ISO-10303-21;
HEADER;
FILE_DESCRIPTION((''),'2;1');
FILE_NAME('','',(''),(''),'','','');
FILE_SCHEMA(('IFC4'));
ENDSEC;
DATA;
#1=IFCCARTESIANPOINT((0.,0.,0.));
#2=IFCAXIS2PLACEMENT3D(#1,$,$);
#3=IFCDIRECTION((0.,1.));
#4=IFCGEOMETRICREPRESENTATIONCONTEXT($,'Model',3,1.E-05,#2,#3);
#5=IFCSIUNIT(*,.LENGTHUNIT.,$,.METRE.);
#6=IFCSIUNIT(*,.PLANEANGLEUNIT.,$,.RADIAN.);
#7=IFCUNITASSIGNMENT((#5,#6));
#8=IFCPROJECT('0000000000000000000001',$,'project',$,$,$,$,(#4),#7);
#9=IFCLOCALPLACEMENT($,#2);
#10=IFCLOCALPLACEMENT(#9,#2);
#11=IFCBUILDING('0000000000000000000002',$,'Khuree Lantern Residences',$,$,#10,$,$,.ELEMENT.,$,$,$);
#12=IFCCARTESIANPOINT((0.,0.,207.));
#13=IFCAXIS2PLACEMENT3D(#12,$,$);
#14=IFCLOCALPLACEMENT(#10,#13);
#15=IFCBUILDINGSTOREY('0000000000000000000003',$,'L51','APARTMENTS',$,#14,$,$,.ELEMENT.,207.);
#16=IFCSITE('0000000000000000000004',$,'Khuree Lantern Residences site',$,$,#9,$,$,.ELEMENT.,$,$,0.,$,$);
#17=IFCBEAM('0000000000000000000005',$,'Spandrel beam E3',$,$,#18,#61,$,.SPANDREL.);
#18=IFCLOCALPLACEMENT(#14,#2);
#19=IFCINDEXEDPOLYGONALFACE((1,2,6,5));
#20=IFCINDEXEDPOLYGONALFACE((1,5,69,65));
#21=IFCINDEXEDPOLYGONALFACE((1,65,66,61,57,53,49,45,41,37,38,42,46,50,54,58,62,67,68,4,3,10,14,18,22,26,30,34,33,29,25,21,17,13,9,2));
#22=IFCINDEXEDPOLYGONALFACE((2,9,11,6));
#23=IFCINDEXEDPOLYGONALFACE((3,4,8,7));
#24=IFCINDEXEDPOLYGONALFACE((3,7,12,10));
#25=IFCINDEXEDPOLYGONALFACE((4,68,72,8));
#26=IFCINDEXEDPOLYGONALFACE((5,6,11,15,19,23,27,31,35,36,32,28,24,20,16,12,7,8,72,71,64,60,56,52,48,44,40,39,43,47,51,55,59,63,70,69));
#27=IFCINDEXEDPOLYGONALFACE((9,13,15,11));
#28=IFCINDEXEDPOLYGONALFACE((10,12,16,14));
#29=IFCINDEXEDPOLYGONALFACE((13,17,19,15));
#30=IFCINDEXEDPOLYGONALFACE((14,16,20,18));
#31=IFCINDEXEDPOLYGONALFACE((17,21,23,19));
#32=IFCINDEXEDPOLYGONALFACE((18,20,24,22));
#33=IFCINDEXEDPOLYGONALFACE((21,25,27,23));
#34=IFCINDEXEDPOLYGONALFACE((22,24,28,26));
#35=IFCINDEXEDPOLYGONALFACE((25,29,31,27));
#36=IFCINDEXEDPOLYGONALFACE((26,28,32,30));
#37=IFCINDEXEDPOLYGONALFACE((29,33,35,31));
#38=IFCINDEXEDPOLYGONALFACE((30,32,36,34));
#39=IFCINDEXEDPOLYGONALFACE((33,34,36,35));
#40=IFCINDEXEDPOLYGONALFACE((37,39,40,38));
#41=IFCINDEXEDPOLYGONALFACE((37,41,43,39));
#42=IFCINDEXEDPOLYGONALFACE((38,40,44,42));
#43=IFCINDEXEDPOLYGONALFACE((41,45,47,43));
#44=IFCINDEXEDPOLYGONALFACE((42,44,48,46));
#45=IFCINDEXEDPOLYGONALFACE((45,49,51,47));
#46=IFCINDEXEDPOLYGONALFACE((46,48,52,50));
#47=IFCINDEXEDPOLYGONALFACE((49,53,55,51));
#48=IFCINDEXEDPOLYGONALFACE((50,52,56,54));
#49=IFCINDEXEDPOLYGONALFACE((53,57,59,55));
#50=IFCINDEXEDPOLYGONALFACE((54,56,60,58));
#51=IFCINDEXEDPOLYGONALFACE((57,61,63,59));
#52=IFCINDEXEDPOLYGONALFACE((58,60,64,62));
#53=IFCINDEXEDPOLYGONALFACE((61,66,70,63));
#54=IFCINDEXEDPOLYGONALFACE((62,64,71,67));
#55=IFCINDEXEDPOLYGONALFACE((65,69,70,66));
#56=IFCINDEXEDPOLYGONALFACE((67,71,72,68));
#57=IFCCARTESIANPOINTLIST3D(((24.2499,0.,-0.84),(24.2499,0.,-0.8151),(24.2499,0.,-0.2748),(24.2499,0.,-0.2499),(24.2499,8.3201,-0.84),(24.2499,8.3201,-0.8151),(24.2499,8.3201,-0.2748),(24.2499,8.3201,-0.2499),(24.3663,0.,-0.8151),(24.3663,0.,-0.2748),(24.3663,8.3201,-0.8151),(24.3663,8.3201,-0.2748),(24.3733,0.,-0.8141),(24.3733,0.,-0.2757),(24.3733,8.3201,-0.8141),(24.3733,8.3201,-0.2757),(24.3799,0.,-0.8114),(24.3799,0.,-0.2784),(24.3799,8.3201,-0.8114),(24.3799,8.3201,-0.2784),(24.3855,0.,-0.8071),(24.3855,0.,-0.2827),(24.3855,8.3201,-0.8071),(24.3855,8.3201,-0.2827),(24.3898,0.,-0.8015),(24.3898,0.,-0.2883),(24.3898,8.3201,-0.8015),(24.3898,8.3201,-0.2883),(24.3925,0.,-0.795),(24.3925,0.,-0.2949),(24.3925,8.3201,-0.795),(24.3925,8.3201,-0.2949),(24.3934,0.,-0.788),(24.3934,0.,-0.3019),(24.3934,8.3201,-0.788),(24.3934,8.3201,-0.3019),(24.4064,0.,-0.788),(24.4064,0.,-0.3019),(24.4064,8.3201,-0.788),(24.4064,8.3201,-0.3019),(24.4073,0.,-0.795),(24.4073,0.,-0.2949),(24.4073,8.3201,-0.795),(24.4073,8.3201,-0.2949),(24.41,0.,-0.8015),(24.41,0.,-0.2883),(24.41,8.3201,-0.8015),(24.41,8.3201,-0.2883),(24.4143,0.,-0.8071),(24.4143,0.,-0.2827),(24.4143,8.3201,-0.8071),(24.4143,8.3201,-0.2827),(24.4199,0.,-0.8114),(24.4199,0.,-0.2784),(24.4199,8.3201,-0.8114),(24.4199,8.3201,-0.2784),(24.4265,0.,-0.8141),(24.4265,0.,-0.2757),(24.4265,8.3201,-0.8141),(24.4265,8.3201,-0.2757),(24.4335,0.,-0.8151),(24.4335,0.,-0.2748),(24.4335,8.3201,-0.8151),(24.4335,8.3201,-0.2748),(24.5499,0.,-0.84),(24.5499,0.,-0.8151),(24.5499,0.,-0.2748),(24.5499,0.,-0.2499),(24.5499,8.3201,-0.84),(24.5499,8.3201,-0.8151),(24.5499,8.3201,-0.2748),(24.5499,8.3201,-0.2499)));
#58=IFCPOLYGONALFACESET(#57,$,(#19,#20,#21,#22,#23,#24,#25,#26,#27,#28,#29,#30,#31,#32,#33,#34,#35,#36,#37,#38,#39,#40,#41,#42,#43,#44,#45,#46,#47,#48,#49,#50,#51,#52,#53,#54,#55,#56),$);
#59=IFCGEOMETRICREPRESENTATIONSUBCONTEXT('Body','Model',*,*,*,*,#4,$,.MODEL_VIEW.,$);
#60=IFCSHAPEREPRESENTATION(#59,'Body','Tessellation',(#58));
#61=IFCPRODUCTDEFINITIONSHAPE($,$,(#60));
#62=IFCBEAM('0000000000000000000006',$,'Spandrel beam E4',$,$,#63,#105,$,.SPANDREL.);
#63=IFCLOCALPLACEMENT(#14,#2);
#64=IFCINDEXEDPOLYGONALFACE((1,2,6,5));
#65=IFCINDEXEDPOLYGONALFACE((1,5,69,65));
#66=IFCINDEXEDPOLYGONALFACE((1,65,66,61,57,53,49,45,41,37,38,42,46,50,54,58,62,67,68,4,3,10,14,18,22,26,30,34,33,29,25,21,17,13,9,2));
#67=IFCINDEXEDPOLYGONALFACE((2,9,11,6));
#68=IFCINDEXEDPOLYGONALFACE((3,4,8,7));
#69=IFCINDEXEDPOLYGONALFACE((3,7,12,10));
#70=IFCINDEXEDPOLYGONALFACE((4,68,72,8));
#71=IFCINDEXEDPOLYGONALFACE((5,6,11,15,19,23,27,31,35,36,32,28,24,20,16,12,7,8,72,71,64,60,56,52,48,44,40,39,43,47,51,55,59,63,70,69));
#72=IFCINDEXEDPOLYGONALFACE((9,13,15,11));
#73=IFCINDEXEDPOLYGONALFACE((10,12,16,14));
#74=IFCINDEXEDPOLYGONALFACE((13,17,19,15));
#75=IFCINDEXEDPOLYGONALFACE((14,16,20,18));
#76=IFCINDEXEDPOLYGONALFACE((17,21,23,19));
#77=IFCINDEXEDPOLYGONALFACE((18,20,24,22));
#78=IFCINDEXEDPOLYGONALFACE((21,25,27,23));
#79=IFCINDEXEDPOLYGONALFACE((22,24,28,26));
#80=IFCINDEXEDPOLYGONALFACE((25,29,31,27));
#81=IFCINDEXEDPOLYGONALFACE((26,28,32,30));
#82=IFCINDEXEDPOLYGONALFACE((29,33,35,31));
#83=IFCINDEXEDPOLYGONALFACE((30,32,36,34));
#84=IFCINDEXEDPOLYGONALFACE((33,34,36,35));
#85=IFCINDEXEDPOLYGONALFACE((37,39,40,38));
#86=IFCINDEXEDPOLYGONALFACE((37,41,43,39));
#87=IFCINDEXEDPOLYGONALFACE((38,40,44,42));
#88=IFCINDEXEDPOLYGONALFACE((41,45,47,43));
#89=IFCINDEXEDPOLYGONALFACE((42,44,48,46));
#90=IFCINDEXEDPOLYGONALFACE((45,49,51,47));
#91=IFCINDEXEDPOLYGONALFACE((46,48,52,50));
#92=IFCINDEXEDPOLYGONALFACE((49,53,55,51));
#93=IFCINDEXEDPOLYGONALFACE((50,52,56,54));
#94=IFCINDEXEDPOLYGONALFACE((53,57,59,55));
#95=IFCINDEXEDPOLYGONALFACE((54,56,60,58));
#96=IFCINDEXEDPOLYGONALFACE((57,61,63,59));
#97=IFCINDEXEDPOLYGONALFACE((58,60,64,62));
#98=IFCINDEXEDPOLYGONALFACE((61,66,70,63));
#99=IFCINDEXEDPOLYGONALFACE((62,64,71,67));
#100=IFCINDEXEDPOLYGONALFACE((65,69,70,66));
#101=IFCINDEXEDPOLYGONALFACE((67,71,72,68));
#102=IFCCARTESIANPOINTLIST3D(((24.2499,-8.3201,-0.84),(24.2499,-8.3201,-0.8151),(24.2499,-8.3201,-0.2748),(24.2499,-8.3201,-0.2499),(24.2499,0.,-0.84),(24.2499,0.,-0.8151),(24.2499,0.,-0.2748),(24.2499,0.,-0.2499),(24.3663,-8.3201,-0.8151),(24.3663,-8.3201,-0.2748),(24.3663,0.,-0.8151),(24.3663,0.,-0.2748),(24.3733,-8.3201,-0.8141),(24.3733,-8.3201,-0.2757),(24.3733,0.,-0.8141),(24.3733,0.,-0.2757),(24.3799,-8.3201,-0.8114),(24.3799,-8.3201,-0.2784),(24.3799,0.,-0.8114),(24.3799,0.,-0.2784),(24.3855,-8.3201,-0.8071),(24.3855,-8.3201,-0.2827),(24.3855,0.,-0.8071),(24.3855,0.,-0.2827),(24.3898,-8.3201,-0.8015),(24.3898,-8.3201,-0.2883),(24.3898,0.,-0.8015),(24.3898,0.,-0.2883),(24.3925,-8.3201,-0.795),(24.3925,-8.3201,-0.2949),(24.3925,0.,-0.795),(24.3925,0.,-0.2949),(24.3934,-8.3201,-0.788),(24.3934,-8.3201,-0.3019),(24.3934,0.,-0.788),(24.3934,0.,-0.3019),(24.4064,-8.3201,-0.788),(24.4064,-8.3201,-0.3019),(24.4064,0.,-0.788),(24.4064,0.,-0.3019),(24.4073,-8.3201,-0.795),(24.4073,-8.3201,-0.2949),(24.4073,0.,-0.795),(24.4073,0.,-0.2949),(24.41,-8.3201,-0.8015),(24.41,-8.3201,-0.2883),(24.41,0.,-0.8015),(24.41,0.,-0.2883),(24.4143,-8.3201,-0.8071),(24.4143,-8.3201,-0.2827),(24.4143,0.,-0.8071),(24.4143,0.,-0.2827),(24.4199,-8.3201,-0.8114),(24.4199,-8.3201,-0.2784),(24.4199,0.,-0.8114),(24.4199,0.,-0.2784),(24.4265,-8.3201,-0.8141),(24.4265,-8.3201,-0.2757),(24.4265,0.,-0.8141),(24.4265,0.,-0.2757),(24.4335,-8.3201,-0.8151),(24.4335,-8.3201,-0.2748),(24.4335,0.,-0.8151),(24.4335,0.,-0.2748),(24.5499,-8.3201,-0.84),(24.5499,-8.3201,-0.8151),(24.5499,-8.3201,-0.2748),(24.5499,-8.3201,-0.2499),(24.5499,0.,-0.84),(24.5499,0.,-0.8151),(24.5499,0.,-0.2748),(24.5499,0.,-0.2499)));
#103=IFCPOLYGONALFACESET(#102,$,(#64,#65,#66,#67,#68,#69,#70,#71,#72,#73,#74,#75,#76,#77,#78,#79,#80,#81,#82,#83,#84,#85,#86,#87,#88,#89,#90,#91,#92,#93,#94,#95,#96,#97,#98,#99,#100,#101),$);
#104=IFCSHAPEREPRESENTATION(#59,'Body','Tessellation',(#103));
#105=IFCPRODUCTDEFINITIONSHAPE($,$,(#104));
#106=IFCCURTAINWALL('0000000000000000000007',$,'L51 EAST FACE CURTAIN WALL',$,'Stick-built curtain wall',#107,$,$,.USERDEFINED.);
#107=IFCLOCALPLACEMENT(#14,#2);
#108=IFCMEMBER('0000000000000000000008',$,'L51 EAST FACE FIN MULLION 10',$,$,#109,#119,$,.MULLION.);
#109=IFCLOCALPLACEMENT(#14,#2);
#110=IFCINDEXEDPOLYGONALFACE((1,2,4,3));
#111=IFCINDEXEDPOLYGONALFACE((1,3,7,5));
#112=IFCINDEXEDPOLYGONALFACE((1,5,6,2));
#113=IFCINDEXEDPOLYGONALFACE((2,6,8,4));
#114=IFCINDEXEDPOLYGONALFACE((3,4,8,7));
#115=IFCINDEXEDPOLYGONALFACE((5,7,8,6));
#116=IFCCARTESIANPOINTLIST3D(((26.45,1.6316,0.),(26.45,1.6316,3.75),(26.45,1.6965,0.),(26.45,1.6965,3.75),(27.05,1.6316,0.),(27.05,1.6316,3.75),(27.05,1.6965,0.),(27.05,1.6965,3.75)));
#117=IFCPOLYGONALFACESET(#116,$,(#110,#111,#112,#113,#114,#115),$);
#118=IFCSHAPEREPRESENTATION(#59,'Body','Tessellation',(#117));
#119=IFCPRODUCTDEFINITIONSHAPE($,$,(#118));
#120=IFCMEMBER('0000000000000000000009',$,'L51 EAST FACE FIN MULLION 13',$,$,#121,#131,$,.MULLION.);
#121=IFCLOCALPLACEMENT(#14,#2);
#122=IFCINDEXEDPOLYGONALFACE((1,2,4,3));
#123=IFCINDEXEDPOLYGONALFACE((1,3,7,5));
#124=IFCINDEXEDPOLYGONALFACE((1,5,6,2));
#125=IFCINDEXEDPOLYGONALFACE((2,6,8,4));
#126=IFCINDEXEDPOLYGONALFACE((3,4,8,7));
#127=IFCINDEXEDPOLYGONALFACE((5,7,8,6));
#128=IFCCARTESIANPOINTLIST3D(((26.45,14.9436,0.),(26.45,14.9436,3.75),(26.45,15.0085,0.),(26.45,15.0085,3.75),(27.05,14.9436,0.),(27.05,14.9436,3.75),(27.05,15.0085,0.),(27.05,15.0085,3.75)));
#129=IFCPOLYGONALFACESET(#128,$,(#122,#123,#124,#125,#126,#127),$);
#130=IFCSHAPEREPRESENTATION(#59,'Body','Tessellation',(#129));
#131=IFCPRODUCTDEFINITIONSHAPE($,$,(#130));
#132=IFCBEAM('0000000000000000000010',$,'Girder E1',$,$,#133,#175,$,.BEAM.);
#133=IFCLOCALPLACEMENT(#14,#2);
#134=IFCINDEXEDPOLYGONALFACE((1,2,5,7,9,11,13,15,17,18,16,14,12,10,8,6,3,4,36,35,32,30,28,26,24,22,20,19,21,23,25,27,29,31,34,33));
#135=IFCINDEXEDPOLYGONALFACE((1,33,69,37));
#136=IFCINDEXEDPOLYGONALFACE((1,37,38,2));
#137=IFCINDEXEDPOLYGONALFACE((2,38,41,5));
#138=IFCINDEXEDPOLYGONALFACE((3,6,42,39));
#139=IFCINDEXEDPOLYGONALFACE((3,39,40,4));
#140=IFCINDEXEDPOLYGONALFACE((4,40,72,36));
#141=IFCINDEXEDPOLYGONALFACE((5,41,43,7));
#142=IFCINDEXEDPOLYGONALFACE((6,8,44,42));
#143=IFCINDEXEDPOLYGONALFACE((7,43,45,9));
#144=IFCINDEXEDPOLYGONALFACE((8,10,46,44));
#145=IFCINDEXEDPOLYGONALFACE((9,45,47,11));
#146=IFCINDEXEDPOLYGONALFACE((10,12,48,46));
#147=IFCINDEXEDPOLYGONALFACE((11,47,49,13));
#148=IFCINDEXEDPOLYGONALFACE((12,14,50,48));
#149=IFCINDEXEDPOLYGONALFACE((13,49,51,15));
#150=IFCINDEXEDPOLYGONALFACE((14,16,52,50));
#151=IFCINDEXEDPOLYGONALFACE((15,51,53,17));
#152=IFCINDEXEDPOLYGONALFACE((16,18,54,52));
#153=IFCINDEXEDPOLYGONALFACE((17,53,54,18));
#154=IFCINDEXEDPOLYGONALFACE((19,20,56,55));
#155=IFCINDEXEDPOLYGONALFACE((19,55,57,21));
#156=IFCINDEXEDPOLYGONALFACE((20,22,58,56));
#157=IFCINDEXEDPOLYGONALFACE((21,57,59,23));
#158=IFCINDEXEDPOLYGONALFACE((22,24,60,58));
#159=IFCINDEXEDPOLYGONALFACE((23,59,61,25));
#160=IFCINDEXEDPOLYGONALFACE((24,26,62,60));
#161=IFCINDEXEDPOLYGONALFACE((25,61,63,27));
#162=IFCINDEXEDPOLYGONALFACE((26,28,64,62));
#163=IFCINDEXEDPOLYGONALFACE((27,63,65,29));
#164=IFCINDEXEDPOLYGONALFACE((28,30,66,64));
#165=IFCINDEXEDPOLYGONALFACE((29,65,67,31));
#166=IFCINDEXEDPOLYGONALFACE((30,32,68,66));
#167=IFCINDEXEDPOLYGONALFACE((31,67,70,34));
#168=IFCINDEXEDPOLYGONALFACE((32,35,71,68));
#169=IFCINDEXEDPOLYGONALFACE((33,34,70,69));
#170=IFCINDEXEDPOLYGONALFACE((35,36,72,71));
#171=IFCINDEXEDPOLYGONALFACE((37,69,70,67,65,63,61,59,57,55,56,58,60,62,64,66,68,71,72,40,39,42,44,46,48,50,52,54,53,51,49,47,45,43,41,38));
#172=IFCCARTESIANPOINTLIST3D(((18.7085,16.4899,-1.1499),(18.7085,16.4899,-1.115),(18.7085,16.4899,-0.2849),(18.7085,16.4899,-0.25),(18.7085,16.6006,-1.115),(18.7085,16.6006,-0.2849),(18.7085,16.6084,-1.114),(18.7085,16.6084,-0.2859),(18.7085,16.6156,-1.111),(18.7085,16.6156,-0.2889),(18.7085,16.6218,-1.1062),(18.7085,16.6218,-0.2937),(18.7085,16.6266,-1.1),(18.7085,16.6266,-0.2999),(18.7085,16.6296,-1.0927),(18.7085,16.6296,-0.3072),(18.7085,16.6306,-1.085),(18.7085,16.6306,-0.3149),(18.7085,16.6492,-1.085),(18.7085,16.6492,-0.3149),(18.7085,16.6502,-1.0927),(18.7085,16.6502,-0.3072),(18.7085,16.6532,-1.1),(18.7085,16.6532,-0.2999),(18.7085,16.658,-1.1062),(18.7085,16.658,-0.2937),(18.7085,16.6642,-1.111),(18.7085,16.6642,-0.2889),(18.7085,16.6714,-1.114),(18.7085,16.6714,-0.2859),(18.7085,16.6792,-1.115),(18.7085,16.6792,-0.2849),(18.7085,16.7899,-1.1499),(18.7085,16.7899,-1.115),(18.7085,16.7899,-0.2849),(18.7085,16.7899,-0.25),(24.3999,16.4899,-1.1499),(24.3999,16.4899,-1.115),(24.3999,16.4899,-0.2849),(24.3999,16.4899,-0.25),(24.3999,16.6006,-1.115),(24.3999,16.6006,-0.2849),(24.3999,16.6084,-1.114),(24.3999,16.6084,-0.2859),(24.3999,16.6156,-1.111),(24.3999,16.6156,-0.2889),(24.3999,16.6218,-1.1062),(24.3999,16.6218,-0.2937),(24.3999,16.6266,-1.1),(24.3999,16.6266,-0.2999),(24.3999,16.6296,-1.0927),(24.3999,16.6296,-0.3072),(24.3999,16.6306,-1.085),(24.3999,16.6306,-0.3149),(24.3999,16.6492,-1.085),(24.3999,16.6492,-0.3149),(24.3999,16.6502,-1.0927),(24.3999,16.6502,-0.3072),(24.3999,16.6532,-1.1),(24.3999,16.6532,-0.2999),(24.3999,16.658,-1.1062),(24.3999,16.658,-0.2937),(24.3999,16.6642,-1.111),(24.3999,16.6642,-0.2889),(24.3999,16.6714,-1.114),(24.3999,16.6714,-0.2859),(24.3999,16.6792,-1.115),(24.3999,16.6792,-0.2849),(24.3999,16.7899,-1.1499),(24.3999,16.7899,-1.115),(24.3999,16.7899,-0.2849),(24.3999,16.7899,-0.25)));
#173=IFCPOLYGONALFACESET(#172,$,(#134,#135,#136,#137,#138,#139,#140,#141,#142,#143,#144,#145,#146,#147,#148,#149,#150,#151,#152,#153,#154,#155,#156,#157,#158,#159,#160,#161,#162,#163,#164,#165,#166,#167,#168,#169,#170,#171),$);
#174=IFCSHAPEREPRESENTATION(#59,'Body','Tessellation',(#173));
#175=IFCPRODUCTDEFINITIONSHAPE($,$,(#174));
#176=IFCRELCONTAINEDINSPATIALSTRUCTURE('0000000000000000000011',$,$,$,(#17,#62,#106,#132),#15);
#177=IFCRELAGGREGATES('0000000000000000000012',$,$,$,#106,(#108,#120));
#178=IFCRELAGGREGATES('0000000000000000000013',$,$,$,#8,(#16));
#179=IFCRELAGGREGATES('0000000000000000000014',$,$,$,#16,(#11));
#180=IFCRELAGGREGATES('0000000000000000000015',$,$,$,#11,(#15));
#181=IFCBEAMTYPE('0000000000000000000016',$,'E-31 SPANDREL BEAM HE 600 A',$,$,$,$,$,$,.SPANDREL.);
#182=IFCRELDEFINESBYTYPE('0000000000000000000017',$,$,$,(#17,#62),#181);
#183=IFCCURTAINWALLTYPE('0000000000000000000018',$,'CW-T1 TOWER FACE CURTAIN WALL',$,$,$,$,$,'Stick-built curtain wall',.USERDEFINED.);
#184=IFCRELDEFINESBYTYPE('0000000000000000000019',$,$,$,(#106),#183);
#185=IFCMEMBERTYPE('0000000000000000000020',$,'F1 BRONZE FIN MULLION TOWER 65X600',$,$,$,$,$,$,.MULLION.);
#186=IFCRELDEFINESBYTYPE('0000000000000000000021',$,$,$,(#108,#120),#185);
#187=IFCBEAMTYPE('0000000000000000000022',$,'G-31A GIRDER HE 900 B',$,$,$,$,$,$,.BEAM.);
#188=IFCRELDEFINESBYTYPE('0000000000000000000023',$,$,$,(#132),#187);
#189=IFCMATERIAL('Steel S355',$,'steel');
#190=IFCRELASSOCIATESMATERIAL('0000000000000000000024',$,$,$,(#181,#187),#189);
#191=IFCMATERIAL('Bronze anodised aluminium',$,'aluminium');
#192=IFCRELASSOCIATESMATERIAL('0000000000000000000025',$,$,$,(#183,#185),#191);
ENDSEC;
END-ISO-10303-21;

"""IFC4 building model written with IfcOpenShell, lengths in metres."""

from ifc_helpers import new_model, si_unit, direction, frame, origin, origin_2d, place, context, subcontext, project, spatial, rectangle, i_section, extrude, material, material_profile, profile_set, type_object, element, aggregate, save


model = new_model("IFC4")

# Units and contexts
model_context = context("Model", 3, precision=1e-05, world=origin(), true_north=direction((0.0, 1.0)))
body_context = subcontext(model_context, "Body", "Model", "MODEL_VIEW")
ifc_project = project(units=[si_unit("LENGTHUNIT", "METRE"), si_unit("PLANEANGLEUNIT", "RADIAN")], contexts=[model_context])

# Site, building, storey
site_placement = place(None, origin())
site = spatial("IfcSite", under=ifc_project, at=site_placement, Name="Khuree Lantern Residences site", CompositionType="ELEMENT", RefElevation=0.0)
building_placement = place(site_placement, origin())
building = spatial("IfcBuilding", under=site, at=building_placement, Name="Khuree Lantern Residences", CompositionType="ELEMENT")
storey_placement = place(building_placement, frame((0.0, 0.0, 207.0)))
storey = spatial("IfcBuildingStorey", under=building, at=storey_placement, Name="L51", Description="APARTMENTS", CompositionType="ELEMENT", Elevation=207.0)

# Beams
ifc_material_1 = material(Name="Steel S355", Category="steel")
ifc_material_profile_1 = material_profile(ifc_material_1, i_section(OverallWidth=0.3, OverallDepth=0.5901, WebThickness=0.0129, FlangeThickness=0.0249, FilletRadius=0.0271, at=origin_2d()), Name="HE 600 A")
ifc_profile_set_1 = profile_set([ifc_material_profile_1], Name="Steel S355")
beam_type_1 = type_object("IfcBeamType", Name="E-31 SPANDREL BEAM HE 600 A", PredefinedType="SPANDREL", material=ifc_profile_set_1)
for number, where, z_axis, x_axis, name in (
    (1, (24.3999, 8.3201, -0.5449), (0.0, -1.0, 0.0), (1.0, 0.0, 0.0), "Spandrel beam E3"),
    (2, (24.3999, 0.0, -0.5449), (0.0, -1.0, 0.0), (1.0, 0.0, 0.0), "Spandrel beam E4"),
):
    element("IfcBeam", number, at=place(storey_placement, frame(where, z_axis=z_axis, x_axis=x_axis)), inside=storey, type_object=beam_type_1, Name=name, PredefinedType="SPANDREL", context=body_context, shape_type="SweptSolid", body=[
        extrude(i_section(OverallWidth=0.3, OverallDepth=0.5901, WebThickness=0.0129, FlangeThickness=0.0249, FilletRadius=0.0271, at=origin_2d()), origin(), (0.0, 0.0, 1.0), 8.3201),
    ])

# Curtain wall, members
ifc_material_2 = material(Name="Bronze anodised aluminium", Category="aluminium")
curtain_wall_type = type_object("IfcCurtainWallType", Name="CW-T1 TOWER FACE CURTAIN WALL", ElementType="Stick-built curtain wall", PredefinedType="USERDEFINED", material=ifc_material_2)
curtain_wall_placement = place(storey_placement, origin())
curtain_wall = element("IfcCurtainWall", 3, at=curtain_wall_placement, inside=storey, type_object=curtain_wall_type, Name="L51 EAST FACE CURTAIN WALL", ObjectType="Stick-built curtain wall", PredefinedType="USERDEFINED")
ifc_material_profile_2 = material_profile(ifc_material_2, rectangle(XDim=0.0649, YDim=0.6001, at=origin_2d()), Name="F1 65X600")
ifc_profile_set_2 = profile_set([ifc_material_profile_2], Name="Bronze anodised aluminium")
member_type_1 = type_object("IfcMemberType", Name="F1 BRONZE FIN MULLION TOWER 65X600", PredefinedType="MULLION", material=ifc_profile_set_2)
member_1_placement = place(storey_placement, frame((26.75, 1.6641, 0.0), z_axis=(0.0, 0.0, 1.0), x_axis=(0.0, 1.0, 0.0)))
member_1 = element("IfcMember", 4, at=member_1_placement, type_object=member_type_1, Name="L51 EAST FACE FIN MULLION 10", PredefinedType="MULLION", context=body_context, shape_type="SweptSolid", body=[
    extrude(rectangle(XDim=0.0649, YDim=0.6001, at=origin_2d()), origin(), (0.0, 0.0, 1.0), 3.75),
])
member_2_placement = place(storey_placement, frame((26.75, 14.9761, 0.0), z_axis=(0.0, 0.0, 1.0), x_axis=(0.0, 1.0, 0.0)))
member_2 = element("IfcMember", 5, at=member_2_placement, type_object=member_type_1, Name="L51 EAST FACE FIN MULLION 13", PredefinedType="MULLION", context=body_context, shape_type="SweptSolid", body=[
    extrude(rectangle(XDim=0.0649, YDim=0.6001, at=origin_2d()), origin(), (0.0, 0.0, 1.0), 3.75),
])

# Beam
ifc_material_profile_3 = material_profile(ifc_material_1, i_section(OverallWidth=0.3, OverallDepth=0.8999, WebThickness=0.0186, FlangeThickness=0.0349, FilletRadius=0.03, at=origin_2d()), Name="HE 900 B")
ifc_profile_set_3 = profile_set([ifc_material_profile_3], Name="Steel S355")
beam_type_2 = type_object("IfcBeamType", Name="G-31A GIRDER HE 900 B", PredefinedType="BEAM", material=ifc_profile_set_3)
beam_1_placement = place(storey_placement, frame((24.3999, 16.6399, -0.7), z_axis=(-1.0, 0.0, 0.0), x_axis=(0.0, -1.0, 0.0)))
element("IfcBeam", 6, at=beam_1_placement, inside=storey, type_object=beam_type_2, Name="Girder E1", PredefinedType="BEAM", context=body_context, shape_type="SweptSolid", body=[
    extrude(i_section(OverallWidth=0.3, OverallDepth=0.8999, WebThickness=0.0186, FlangeThickness=0.0349, FilletRadius=0.03, at=origin_2d()), origin(), (0.0, 0.0, 1.0), 5.6914),
])

aggregate(curtain_wall, [member_1, member_2])

save(model, "model.ifc")
